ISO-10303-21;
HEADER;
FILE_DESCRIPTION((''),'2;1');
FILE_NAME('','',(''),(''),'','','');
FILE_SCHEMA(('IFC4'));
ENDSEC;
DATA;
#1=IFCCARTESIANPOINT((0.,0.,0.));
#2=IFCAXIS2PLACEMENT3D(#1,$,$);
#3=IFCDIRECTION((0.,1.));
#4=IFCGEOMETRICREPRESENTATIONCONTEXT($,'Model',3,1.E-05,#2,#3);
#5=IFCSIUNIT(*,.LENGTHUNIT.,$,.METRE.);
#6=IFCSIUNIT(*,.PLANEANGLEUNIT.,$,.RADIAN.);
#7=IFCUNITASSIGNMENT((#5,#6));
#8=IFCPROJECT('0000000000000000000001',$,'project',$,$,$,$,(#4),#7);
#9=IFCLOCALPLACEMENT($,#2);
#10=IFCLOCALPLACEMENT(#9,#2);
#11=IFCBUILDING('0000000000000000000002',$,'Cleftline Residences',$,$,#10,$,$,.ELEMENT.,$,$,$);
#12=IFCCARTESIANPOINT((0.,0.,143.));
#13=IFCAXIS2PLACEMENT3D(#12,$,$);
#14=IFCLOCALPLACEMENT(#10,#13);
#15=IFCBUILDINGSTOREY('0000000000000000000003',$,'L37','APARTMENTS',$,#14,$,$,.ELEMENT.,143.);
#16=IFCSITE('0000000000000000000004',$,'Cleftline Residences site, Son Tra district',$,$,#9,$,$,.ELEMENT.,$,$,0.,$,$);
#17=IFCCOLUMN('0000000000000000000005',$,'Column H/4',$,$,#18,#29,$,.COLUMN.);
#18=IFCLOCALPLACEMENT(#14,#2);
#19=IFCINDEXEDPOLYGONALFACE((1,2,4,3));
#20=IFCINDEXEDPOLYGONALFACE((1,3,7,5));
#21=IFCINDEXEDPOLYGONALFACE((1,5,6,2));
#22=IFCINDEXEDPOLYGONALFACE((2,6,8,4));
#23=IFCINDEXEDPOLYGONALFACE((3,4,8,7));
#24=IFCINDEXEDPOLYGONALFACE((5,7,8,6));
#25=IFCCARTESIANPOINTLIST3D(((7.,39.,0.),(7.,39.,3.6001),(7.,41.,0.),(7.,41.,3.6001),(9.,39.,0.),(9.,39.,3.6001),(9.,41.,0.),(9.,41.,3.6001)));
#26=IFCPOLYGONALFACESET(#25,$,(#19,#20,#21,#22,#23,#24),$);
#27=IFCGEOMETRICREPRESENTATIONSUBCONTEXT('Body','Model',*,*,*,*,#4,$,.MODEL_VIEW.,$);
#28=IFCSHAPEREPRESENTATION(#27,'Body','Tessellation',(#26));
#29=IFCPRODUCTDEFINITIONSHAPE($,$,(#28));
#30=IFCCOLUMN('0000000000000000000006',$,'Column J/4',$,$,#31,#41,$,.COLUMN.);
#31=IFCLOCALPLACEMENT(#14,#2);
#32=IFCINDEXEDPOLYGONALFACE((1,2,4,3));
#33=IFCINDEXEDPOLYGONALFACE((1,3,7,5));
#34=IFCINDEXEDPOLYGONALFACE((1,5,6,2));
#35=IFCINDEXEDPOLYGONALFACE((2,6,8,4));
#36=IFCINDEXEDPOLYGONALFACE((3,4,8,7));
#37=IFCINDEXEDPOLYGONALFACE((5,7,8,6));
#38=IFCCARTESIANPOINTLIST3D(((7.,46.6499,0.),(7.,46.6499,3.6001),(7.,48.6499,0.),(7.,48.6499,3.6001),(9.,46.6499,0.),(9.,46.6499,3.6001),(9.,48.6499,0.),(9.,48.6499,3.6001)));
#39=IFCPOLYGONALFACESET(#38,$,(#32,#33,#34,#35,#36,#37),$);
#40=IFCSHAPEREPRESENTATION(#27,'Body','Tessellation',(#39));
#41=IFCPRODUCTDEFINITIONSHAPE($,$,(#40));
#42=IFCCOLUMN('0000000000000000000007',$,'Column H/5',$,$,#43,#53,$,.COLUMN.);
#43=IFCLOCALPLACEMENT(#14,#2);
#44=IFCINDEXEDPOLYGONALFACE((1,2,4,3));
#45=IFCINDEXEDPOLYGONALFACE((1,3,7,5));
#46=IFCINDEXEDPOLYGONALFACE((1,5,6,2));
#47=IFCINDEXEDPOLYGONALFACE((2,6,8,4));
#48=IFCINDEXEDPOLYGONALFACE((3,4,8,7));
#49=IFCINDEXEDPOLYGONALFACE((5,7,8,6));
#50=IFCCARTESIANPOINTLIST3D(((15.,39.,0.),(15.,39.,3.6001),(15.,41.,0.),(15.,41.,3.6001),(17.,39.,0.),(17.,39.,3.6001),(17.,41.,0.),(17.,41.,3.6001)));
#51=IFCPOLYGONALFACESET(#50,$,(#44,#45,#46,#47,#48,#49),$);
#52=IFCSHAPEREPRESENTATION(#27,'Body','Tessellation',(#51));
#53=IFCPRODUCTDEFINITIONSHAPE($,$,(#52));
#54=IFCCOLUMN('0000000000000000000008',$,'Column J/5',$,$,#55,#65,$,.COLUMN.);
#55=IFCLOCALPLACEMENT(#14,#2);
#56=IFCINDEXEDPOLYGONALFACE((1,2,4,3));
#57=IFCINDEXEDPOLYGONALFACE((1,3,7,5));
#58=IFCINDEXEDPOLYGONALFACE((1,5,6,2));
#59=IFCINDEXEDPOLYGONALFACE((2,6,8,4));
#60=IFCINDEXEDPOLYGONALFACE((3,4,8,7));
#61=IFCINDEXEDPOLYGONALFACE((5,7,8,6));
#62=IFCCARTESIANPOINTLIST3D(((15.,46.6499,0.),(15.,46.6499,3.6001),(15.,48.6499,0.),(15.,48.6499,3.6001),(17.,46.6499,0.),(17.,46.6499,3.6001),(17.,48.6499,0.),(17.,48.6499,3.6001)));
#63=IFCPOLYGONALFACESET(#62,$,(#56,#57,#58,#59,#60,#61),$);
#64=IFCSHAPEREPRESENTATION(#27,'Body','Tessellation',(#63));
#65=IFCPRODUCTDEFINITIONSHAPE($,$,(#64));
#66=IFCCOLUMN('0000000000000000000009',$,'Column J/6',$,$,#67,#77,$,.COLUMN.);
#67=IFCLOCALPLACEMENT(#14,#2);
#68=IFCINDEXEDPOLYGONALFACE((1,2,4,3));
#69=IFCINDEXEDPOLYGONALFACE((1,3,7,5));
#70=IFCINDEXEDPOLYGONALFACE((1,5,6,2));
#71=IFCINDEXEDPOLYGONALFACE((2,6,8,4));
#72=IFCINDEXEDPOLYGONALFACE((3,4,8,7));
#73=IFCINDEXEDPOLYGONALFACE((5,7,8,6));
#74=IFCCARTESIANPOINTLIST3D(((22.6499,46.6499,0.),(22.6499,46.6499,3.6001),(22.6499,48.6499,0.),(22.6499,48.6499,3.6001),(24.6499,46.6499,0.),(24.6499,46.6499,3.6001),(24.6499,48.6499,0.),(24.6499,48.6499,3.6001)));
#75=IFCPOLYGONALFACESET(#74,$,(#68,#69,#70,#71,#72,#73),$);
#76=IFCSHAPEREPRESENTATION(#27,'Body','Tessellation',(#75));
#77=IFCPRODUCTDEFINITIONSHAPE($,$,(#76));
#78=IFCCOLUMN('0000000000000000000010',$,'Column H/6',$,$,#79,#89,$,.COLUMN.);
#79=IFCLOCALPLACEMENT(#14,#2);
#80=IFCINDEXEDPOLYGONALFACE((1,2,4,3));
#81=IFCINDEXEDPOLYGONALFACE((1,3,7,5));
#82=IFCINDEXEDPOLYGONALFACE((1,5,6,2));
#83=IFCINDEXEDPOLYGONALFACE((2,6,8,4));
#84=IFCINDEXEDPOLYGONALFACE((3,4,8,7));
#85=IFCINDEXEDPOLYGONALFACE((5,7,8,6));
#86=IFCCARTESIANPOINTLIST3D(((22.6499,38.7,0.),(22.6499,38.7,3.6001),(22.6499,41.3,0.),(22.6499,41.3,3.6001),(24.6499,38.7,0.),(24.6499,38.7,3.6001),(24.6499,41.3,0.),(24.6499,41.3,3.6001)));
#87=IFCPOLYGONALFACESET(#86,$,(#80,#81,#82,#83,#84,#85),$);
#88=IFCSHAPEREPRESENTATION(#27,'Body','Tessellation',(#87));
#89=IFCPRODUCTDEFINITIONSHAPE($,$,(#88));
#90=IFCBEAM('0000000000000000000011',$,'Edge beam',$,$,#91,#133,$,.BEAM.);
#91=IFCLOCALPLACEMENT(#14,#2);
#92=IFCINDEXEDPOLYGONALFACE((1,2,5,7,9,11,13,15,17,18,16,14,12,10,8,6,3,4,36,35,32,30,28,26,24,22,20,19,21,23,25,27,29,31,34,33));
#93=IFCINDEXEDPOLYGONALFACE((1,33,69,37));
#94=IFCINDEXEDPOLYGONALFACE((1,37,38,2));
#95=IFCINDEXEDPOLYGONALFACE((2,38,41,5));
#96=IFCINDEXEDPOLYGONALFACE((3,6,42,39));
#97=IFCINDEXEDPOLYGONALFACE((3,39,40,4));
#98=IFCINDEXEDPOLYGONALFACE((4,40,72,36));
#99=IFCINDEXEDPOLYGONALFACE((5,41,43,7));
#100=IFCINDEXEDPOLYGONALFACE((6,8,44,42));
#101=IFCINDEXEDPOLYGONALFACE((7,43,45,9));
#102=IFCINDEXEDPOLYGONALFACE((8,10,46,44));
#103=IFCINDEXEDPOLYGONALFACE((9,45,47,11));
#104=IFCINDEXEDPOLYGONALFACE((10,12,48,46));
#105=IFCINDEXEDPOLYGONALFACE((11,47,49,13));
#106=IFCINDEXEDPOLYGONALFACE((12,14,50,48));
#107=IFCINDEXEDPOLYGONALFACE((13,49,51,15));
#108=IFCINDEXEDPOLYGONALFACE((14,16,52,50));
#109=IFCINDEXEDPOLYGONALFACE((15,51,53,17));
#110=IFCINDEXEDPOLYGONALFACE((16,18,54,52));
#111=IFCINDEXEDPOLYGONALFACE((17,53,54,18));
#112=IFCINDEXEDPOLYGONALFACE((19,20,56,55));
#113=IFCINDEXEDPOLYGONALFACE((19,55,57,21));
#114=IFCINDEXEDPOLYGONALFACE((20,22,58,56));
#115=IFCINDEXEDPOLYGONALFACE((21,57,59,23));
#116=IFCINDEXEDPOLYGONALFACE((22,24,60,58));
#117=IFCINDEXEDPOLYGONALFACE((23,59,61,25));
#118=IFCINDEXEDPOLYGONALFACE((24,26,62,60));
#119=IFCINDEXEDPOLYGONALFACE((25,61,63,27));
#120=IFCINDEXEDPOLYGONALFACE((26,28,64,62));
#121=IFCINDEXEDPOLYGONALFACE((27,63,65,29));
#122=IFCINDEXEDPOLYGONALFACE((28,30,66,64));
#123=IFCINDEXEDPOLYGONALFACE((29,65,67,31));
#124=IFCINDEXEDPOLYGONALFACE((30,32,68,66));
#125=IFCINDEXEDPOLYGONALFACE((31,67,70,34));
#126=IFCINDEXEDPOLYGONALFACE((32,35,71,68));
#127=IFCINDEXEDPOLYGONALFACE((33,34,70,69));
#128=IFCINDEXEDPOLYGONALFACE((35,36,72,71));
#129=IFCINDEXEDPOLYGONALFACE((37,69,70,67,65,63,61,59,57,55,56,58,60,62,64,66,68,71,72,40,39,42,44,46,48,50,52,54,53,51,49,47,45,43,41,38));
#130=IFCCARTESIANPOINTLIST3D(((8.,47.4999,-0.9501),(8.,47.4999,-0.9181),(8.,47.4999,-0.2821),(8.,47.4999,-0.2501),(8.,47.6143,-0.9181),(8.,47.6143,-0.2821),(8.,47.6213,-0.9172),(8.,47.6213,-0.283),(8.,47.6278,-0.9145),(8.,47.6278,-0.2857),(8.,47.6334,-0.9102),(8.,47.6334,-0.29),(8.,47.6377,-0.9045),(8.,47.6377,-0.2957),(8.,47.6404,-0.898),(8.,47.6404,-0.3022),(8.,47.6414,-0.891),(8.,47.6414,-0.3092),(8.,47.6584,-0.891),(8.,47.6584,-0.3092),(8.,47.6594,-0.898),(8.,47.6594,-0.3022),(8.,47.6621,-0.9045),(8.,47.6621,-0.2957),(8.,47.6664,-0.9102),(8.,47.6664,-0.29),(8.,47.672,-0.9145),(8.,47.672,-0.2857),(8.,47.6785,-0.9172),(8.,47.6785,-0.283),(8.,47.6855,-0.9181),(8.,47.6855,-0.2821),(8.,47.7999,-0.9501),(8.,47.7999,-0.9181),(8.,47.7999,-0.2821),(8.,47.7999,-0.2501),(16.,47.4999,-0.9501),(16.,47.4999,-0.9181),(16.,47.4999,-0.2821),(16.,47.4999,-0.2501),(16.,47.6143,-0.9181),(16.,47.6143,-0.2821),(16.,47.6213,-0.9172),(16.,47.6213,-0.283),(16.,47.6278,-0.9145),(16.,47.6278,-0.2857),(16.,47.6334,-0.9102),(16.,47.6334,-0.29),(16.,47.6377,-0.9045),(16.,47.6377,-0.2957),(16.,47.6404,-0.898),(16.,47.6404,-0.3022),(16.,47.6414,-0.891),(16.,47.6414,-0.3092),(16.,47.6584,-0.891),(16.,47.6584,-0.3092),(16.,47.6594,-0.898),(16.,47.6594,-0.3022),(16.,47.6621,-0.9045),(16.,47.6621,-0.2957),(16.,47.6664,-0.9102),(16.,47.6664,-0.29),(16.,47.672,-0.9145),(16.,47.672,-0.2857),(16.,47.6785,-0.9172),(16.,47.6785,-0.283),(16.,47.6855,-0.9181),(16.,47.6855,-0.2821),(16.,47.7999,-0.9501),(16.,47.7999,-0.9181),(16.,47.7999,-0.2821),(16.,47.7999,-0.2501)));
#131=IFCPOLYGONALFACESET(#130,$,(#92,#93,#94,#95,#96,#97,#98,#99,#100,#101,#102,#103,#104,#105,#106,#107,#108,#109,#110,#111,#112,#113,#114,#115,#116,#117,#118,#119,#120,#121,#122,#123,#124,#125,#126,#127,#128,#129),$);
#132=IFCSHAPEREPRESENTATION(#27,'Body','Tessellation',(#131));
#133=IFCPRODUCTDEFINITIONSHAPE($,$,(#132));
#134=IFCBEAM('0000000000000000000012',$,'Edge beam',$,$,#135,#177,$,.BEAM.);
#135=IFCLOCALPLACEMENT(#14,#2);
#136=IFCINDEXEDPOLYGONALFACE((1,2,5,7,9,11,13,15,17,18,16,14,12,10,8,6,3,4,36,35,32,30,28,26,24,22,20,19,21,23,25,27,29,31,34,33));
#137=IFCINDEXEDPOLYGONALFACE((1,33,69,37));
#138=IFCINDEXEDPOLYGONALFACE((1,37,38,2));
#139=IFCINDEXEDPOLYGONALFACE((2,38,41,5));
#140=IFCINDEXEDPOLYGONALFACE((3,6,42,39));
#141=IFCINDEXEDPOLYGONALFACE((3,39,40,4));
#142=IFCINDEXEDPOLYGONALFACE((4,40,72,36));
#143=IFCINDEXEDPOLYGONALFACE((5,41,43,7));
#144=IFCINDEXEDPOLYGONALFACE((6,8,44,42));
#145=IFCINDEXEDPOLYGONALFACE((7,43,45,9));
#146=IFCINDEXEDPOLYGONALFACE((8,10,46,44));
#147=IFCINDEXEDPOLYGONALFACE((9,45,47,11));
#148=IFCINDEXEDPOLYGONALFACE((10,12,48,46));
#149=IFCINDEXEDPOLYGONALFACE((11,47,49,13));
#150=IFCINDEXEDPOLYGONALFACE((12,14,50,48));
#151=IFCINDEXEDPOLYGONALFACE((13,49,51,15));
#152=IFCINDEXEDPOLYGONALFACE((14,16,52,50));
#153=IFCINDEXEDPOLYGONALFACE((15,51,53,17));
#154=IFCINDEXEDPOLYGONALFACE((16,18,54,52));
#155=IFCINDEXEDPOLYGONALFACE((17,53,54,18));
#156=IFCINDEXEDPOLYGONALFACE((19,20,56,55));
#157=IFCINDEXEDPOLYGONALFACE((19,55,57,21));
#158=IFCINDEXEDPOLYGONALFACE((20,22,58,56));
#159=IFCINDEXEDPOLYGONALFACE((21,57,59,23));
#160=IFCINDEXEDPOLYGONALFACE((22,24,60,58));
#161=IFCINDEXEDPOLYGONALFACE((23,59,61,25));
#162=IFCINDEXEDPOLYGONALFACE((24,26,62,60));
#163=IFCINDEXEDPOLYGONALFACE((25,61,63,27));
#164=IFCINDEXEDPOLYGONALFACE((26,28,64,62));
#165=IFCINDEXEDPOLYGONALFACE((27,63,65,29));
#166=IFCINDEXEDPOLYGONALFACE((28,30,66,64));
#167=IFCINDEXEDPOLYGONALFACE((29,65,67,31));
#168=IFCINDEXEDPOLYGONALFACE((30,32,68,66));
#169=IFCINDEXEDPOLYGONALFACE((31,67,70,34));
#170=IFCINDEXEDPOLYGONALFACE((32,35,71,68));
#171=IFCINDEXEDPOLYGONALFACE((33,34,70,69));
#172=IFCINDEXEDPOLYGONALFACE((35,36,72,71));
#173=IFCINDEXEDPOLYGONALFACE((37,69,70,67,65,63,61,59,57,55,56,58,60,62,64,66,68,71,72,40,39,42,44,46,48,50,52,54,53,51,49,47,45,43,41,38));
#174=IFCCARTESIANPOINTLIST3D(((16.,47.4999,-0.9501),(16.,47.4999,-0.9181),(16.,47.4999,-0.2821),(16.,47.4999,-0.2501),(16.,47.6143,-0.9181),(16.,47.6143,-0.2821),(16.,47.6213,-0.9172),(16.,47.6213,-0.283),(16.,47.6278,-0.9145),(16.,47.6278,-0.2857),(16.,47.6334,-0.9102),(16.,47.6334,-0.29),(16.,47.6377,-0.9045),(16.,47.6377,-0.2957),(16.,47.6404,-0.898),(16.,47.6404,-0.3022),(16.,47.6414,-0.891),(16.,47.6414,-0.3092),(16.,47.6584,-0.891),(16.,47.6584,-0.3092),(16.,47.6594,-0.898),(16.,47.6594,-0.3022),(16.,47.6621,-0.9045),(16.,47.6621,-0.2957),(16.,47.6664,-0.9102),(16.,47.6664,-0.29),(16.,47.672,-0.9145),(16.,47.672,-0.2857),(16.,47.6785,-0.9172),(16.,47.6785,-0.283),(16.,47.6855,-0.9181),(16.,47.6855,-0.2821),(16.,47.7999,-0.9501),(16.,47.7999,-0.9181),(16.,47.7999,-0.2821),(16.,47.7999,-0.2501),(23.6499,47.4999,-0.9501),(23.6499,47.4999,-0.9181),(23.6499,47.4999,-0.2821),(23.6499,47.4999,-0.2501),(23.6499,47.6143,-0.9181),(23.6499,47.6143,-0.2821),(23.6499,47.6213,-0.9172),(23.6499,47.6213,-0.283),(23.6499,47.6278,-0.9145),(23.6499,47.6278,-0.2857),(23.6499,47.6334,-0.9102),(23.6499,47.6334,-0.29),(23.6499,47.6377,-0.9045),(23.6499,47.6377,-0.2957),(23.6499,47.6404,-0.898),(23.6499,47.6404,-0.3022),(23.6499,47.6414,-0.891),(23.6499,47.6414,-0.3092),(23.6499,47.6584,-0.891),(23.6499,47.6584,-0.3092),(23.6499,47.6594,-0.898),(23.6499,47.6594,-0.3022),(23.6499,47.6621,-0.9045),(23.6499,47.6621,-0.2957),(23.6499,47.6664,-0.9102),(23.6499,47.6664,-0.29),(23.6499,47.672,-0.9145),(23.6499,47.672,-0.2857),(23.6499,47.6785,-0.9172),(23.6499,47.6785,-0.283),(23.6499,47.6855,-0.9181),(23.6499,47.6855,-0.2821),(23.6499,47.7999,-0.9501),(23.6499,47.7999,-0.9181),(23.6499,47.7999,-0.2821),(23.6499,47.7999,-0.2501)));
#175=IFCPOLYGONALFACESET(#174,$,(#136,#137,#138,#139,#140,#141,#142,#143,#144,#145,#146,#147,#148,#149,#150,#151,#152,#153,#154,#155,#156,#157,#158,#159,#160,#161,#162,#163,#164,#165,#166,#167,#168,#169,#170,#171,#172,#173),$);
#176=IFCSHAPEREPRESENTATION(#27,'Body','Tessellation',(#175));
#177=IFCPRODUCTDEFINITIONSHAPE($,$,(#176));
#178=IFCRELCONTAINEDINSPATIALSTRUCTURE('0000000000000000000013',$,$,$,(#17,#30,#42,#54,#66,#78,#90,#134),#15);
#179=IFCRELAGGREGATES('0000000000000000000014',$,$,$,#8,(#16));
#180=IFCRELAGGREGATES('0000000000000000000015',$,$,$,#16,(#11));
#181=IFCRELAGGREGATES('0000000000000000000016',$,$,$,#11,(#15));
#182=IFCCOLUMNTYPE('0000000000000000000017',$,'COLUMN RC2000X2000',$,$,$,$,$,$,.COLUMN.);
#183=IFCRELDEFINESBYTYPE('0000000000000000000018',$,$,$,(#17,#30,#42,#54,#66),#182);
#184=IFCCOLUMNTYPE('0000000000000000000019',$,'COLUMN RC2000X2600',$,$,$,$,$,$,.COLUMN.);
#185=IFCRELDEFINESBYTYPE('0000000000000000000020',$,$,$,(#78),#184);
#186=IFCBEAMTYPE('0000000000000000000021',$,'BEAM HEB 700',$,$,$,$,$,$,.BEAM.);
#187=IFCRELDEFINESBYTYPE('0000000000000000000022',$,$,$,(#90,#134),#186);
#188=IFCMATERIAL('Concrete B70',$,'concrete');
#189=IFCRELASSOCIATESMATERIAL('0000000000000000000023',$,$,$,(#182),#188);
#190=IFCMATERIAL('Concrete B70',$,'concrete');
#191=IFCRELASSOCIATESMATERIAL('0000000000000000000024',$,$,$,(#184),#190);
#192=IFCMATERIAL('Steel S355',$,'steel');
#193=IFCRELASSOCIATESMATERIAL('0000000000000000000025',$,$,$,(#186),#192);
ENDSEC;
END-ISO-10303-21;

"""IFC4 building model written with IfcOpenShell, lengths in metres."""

from ifc_helpers import new_model, si_unit, direction, frame, origin, origin_2d, place, context, subcontext, project, spatial, rectangle, i_section, extrude, material, material_profile, profile_set, type_object, element, save


model = new_model("IFC4")

# Units and contexts
model_context = context("Model", 3, precision=1e-05, world=origin(), true_north=direction((0.0, 1.0)))
body_context = subcontext(model_context, "Body", "Model", "MODEL_VIEW")
ifc_project = project(units=[si_unit("LENGTHUNIT", "METRE"), si_unit("PLANEANGLEUNIT", "RADIAN")], contexts=[model_context])

# Site, building, storey
site_placement = place(None, origin())
site = spatial("IfcSite", under=ifc_project, at=site_placement, Name="Cleftline Residences site, Son Tra district", CompositionType="ELEMENT", RefElevation=0.0)
building_placement = place(site_placement, origin())
building = spatial("IfcBuilding", under=site, at=building_placement, Name="Cleftline Residences", CompositionType="ELEMENT")
storey_placement = place(building_placement, frame((0.0, 0.0, 143.0)))
storey = spatial("IfcBuildingStorey", under=building, at=storey_placement, Name="L37", Description="APARTMENTS", CompositionType="ELEMENT", Elevation=143.0)

# Columns
ifc_material_1 = material(Name="Concrete B70", Category="concrete")
ifc_material_profile_1 = material_profile(ifc_material_1, rectangle(XDim=2.0, YDim=2.0, at=origin_2d()))
ifc_profile_set_1 = profile_set([ifc_material_profile_1], Name="Concrete B70")
column_type_1 = type_object("IfcColumnType", Name="COLUMN RC2000X2000", PredefinedType="COLUMN", material=ifc_profile_set_1)
for number, where, z_axis, x_axis, name in (
    (1, (8.0, 40.0, 0.0), (0.0, 0.0, 1.0), (1.0, 0.0, 0.0), "Column H/4"),
    (2, (8.0, 47.6499, 0.0), (0.0, 0.0, 1.0), (1.0, 0.0, 0.0), "Column J/4"),
    (3, (16.0, 40.0, 0.0), (0.0, 0.0, 1.0), (1.0, 0.0, 0.0), "Column H/5"),
    (4, (16.0, 47.6499, 0.0), (0.0, 0.0, 1.0), (1.0, 0.0, 0.0), "Column J/5"),
    (5, (23.6499, 47.6499, 0.0), (0.0, 0.0, 1.0), (1.0, 0.0, 0.0), "Column J/6"),
):
    element("IfcColumn", number, at=place(storey_placement, frame(where, z_axis=z_axis, x_axis=x_axis)), inside=storey, type_object=column_type_1, Name=name, PredefinedType="COLUMN", context=body_context, shape_type="SweptSolid", body=[
        extrude(rectangle(XDim=2.0, YDim=2.0, at=origin_2d()), origin(), (0.0, 0.0, 1.0), 3.6001),
    ])
ifc_material_2 = material(Name="Concrete B70", Category="concrete")
ifc_material_profile_2 = material_profile(ifc_material_2, rectangle(XDim=2.0, YDim=2.6001, at=origin_2d()))
ifc_profile_set_2 = profile_set([ifc_material_profile_2], Name="Concrete B70")
column_type_2 = type_object("IfcColumnType", Name="COLUMN RC2000X2600", PredefinedType="COLUMN", material=ifc_profile_set_2)
column_placement = place(storey_placement, frame((23.6499, 40.0, 0.0), z_axis=(0.0, 0.0, 1.0), x_axis=(1.0, 0.0, 0.0)))
element("IfcColumn", 6, at=column_placement, inside=storey, type_object=column_type_2, Name="Column H/6", PredefinedType="COLUMN", context=body_context, shape_type="SweptSolid", body=[
    extrude(rectangle(XDim=2.0, YDim=2.6001, at=origin_2d()), origin(), (0.0, 0.0, 1.0), 3.6001),
])

# Beams
ifc_material_3 = material(Name="Steel S355", Category="steel")
ifc_material_profile_3 = material_profile(ifc_material_3, i_section(OverallWidth=0.3, OverallDepth=0.7, WebThickness=0.0171, FlangeThickness=0.032, FilletRadius=0.0271, at=origin_2d()))
ifc_profile_set_3 = profile_set([ifc_material_profile_3], Name="Steel S355")
beam_type = type_object("IfcBeamType", Name="BEAM HEB 700", PredefinedType="BEAM", material=ifc_profile_set_3)
beam_placement = place(storey_placement, frame((8.0, 47.6499, -0.6001), z_axis=(1.0, 0.0, 0.0), x_axis=(0.0, 1.0, 0.0)))
element("IfcBeam", 7, at=beam_placement, inside=storey, type_object=beam_type, Name="Edge beam", PredefinedType="BEAM", context=body_context, shape_type="SweptSolid", body=[
    extrude(i_section(OverallWidth=0.3, OverallDepth=0.7, WebThickness=0.0171, FlangeThickness=0.032, FilletRadius=0.0271, at=origin_2d()), origin(), (0.0, 0.0, 1.0), 8.0),
])
for number, where, z_axis, x_axis, name in (
    (8, (16.0, 47.6499, -0.6001), (1.0, 0.0, 0.0), (0.0, 1.0, 0.0), "Edge beam"),
):
    element("IfcBeam", number, at=place(storey_placement, frame(where, z_axis=z_axis, x_axis=x_axis)), inside=storey, type_object=beam_type, Name=name, PredefinedType="BEAM", context=body_context, shape_type="SweptSolid", body=[
        extrude(i_section(OverallWidth=0.3, OverallDepth=0.7, WebThickness=0.0171, FlangeThickness=0.032, FilletRadius=0.0271, at=origin_2d()), origin(), (0.0, 0.0, 1.0), 7.6499),
    ])

save(model, "model.ifc")
